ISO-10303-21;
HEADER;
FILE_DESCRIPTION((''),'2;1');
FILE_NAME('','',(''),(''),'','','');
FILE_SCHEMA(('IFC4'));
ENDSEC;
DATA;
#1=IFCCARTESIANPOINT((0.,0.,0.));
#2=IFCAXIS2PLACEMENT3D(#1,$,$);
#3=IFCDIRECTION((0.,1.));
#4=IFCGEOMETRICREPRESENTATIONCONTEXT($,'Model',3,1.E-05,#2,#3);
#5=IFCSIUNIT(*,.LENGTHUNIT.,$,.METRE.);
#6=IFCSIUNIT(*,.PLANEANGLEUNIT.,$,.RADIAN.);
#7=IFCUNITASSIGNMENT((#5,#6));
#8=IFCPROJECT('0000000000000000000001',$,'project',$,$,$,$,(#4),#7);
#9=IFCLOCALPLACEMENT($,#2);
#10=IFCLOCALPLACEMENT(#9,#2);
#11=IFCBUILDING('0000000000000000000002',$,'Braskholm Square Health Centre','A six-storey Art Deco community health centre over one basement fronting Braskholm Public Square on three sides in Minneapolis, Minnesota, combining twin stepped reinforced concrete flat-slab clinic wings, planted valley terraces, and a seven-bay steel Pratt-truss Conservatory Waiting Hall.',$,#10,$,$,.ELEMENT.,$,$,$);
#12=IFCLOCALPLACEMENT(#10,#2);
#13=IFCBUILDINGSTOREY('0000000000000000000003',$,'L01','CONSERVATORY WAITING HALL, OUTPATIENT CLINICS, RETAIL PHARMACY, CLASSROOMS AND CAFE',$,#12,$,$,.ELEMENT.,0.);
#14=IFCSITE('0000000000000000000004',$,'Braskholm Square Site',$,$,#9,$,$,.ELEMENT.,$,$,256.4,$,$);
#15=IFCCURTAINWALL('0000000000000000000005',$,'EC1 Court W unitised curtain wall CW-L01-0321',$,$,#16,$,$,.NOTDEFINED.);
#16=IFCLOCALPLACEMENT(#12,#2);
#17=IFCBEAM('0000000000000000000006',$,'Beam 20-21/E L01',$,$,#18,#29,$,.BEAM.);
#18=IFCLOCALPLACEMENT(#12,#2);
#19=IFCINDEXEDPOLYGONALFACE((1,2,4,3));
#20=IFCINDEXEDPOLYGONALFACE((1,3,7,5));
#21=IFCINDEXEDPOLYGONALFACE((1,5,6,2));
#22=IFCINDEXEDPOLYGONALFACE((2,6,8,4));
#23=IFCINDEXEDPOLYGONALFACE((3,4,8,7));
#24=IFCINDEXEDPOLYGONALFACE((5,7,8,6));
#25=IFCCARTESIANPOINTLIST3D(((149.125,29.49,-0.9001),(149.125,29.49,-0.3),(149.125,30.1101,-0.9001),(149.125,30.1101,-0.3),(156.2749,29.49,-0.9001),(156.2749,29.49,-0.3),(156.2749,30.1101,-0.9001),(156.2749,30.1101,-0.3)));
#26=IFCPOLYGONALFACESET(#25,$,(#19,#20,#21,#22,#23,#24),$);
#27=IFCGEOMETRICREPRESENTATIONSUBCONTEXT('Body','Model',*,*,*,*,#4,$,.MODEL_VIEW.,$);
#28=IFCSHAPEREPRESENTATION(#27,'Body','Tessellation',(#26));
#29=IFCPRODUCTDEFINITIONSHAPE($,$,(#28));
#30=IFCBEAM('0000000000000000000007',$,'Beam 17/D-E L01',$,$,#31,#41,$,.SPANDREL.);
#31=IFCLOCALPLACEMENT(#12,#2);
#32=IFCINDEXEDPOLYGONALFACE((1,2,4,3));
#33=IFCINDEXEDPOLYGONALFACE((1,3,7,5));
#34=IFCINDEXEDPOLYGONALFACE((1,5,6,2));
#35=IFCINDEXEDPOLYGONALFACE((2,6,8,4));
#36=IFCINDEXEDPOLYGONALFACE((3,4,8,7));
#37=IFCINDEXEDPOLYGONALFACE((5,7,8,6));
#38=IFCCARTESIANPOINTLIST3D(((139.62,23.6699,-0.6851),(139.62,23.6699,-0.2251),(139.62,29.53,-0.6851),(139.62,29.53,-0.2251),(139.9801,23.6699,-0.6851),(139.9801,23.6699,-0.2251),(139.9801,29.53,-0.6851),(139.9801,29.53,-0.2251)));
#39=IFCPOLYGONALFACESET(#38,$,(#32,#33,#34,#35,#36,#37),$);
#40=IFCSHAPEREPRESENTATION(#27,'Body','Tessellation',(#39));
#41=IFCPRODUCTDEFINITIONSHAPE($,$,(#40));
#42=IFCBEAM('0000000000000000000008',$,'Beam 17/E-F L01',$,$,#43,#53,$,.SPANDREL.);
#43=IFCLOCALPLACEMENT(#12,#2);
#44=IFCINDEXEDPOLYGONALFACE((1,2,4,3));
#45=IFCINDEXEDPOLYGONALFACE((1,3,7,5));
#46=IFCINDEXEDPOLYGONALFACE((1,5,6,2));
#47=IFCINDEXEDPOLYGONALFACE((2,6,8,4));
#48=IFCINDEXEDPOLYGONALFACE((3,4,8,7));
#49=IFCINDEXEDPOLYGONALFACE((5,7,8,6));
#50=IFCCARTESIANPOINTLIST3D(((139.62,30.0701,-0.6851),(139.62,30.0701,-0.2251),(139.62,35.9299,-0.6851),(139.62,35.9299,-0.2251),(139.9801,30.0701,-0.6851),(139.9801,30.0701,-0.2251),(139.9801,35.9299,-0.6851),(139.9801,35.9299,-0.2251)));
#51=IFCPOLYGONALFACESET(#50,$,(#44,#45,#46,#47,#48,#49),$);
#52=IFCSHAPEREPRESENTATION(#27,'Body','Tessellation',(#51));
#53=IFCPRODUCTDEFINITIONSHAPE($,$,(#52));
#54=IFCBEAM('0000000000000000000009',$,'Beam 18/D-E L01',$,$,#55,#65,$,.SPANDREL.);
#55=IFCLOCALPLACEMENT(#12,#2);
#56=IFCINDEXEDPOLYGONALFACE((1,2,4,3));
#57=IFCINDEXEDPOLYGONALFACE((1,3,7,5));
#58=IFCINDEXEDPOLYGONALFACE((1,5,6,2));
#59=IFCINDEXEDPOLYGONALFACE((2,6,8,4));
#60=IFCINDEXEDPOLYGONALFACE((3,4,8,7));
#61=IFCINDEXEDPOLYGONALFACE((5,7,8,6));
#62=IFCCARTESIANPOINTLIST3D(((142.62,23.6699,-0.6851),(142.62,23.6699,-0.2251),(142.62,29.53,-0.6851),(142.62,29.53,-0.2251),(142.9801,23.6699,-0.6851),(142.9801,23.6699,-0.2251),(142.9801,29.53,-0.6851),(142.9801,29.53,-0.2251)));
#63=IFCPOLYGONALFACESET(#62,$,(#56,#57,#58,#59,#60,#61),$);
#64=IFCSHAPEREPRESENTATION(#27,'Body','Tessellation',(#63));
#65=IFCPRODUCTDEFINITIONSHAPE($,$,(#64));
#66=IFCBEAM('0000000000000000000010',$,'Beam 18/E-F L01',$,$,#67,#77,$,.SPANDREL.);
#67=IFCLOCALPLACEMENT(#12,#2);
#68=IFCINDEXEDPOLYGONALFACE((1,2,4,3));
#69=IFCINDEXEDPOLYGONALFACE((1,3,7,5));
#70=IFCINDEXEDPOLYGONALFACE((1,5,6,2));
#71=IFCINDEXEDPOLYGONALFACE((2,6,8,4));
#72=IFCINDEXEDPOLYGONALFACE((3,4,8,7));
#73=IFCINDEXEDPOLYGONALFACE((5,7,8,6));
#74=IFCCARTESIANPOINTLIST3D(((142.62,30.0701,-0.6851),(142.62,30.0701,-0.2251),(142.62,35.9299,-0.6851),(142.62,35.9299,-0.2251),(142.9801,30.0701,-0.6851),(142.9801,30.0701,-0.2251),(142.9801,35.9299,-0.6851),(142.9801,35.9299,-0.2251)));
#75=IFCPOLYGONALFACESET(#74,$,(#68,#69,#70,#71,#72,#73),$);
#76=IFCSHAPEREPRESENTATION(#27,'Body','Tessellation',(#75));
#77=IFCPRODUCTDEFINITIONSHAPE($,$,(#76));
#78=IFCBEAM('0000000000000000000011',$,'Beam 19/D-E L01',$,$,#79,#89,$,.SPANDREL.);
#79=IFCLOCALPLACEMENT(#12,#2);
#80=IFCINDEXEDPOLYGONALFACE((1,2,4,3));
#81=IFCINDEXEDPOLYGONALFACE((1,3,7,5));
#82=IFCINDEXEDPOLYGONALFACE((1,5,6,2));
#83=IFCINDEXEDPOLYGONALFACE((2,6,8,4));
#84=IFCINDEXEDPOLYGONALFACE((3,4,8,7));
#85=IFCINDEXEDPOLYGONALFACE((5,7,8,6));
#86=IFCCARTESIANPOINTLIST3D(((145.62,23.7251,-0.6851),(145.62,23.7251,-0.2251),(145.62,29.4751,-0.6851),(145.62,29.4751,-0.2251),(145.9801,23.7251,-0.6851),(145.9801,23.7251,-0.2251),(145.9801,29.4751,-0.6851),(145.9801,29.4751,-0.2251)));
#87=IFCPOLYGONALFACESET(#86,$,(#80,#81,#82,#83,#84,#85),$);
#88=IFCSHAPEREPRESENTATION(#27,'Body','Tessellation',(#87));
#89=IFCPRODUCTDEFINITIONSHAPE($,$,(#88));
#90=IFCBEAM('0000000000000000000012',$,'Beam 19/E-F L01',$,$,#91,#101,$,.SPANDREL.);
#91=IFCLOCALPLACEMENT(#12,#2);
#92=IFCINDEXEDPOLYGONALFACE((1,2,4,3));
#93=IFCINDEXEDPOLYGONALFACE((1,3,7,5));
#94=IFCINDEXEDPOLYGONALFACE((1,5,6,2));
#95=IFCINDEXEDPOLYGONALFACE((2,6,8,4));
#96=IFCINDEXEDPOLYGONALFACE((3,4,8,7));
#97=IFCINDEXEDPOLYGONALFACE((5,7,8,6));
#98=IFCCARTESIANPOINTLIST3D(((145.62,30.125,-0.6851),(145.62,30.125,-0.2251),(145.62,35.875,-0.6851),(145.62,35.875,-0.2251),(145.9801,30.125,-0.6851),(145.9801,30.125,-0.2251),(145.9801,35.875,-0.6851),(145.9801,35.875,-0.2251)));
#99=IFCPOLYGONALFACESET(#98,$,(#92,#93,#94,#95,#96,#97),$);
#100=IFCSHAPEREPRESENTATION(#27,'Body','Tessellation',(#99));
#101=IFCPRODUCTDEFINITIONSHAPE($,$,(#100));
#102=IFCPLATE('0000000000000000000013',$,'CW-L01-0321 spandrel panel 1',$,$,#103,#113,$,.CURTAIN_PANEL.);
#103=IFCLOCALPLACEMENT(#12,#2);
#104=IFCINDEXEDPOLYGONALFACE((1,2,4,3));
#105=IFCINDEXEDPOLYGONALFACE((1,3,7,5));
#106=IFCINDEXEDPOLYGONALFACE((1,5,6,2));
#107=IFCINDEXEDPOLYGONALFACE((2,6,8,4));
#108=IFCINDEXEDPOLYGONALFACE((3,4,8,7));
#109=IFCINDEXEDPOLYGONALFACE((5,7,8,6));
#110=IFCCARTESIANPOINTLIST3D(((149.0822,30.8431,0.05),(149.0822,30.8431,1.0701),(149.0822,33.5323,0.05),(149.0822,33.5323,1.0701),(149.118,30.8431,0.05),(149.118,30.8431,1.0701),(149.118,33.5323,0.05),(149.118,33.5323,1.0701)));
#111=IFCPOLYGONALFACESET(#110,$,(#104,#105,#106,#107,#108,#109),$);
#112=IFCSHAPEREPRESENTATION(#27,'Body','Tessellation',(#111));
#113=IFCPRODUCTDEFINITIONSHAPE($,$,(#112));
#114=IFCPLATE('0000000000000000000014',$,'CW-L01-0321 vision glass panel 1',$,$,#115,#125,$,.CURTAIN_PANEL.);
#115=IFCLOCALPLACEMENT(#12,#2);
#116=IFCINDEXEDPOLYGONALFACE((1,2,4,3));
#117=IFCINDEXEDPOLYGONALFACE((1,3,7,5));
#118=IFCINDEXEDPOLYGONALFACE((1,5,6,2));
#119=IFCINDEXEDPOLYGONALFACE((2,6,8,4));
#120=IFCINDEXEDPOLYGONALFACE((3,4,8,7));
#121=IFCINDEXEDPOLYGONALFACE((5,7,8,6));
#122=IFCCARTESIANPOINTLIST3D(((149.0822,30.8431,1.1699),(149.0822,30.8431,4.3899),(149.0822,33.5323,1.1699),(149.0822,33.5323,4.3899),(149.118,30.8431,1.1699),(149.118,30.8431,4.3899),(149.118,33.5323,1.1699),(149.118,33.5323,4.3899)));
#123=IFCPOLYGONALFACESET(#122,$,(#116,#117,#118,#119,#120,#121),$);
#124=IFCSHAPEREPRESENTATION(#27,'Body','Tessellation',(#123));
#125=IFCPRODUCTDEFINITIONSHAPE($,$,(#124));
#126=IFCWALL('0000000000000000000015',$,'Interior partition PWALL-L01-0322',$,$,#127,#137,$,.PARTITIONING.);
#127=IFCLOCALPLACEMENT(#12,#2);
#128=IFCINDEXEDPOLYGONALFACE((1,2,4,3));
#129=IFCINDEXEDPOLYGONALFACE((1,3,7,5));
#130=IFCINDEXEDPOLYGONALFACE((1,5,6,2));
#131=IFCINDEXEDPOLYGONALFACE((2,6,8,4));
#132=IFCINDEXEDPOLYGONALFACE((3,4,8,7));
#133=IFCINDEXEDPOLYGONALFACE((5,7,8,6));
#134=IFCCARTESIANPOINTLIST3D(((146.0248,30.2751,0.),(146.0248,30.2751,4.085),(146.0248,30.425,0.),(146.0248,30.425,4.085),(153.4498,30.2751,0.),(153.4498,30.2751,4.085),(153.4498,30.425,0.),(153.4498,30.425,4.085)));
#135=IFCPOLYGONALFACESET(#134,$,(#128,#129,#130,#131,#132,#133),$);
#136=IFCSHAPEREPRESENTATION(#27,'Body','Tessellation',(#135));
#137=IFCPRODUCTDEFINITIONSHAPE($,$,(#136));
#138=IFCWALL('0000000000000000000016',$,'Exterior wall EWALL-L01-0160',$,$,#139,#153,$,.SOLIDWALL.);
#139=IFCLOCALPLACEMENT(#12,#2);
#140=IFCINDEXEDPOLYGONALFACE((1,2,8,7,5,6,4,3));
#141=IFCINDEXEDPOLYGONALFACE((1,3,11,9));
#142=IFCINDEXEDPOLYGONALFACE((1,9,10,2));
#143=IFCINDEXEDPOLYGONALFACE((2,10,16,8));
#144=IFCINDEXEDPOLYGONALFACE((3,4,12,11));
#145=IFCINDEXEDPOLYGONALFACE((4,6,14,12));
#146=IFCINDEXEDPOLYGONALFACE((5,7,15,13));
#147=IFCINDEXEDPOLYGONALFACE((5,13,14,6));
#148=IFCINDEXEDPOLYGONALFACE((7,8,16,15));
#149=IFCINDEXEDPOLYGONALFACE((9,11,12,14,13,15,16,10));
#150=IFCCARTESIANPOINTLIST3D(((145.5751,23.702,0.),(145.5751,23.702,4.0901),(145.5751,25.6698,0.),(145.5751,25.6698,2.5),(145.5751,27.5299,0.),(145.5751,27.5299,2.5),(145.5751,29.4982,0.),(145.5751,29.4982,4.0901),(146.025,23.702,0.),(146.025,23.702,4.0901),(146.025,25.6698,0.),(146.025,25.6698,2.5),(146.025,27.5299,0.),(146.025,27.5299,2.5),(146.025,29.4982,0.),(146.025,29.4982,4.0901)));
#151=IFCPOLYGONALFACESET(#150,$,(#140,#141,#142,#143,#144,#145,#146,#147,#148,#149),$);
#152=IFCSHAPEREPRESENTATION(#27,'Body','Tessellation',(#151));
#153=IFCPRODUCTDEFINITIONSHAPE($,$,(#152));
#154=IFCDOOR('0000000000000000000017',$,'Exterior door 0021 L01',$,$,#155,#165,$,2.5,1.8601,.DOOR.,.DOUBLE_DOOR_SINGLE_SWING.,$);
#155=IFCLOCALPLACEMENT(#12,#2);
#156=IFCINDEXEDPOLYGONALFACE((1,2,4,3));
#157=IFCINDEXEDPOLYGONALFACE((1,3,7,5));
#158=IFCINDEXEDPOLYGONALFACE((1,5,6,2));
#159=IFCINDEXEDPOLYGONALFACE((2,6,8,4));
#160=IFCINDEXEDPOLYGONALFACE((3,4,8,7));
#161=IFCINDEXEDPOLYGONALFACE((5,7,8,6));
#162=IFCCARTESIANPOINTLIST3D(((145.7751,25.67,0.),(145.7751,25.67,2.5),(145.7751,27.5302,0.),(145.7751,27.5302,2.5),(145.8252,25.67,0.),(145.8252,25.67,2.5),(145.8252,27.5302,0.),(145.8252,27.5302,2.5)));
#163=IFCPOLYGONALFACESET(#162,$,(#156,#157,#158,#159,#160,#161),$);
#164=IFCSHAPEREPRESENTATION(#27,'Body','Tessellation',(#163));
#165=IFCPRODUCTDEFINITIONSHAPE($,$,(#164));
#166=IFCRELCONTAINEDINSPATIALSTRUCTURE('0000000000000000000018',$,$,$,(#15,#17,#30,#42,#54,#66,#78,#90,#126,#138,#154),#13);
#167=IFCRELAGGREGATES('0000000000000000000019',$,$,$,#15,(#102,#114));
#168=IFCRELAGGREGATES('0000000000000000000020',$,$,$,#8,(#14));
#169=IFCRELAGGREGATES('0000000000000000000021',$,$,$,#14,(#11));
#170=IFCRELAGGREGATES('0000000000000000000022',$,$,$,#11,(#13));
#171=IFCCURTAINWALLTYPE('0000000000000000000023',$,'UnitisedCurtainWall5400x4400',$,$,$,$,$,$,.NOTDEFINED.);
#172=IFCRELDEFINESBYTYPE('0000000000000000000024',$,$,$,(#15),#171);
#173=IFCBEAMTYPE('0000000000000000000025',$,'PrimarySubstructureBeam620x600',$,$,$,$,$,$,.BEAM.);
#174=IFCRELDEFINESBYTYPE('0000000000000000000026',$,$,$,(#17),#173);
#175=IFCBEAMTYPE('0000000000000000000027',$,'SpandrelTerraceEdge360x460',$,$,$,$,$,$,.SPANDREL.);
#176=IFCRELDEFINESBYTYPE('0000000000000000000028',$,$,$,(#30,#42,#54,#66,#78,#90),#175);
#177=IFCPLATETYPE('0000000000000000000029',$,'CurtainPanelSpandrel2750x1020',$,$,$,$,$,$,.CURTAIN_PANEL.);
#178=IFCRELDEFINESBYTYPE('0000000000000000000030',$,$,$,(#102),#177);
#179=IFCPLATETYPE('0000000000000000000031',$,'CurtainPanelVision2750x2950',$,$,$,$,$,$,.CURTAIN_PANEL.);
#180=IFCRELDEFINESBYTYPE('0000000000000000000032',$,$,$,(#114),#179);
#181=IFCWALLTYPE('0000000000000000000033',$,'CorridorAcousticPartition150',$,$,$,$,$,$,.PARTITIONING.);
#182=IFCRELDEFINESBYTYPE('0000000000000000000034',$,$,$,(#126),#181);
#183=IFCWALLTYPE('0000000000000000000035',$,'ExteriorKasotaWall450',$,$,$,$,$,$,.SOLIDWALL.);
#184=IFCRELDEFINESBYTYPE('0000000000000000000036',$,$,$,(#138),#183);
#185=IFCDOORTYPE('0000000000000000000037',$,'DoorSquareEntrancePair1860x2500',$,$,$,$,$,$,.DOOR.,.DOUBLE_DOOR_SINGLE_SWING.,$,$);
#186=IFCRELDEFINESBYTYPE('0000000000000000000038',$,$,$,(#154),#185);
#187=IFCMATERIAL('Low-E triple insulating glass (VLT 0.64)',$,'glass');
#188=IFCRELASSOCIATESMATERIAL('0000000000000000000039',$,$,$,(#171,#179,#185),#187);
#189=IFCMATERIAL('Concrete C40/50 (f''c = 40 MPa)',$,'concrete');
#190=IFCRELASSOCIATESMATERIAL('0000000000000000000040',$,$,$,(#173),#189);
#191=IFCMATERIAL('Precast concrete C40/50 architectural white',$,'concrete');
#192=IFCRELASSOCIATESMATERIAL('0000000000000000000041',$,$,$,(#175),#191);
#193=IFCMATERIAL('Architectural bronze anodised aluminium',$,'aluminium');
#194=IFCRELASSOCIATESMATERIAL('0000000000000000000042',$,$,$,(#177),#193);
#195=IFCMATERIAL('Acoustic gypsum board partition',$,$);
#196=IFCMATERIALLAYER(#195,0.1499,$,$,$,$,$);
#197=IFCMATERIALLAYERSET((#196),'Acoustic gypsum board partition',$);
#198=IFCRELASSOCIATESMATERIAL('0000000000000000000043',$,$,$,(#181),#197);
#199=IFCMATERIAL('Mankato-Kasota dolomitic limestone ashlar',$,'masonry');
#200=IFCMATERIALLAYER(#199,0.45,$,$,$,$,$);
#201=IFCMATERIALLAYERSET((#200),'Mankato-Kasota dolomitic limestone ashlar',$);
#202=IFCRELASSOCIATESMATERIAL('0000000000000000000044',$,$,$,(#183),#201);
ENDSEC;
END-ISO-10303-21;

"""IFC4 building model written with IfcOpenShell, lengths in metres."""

from ifc_helpers import new_model, si_unit, direction, frame, frame_2d, origin, origin_2d, place, context, subcontext, project, spatial, rectangle, extrude, material, layer, layer_set, material_profile, profile_set, type_object, element, fill, aggregate, save


model = new_model("IFC4")

# Units and contexts
model_context = context("Model", 3, precision=1e-05, world=origin(), true_north=direction((0.0, 1.0)))
body_context = subcontext(model_context, "Body", "Model", "MODEL_VIEW")
ifc_project = project(units=[si_unit("LENGTHUNIT", "METRE"), si_unit("PLANEANGLEUNIT", "RADIAN")], contexts=[model_context])

# Site, building, storey
site_placement = place(None, origin())
site = spatial("IfcSite", under=ifc_project, at=site_placement, Name="Braskholm Square Site", CompositionType="ELEMENT", RefElevation=256.4)
building_placement = place(site_placement, origin())
building = spatial("IfcBuilding", under=site, at=building_placement, Name="Braskholm Square Health Centre", Description="A six-storey Art Deco community health centre over one basement fronting Braskholm Public Square on three sides in Minneapolis, Minnesota, combining twin stepped reinforced concrete flat-slab clinic wings, planted valley terraces, and a seven-bay steel Pratt-truss Conservatory Waiting Hall.", CompositionType="ELEMENT")
storey_placement = place(building_placement, origin())
storey = spatial("IfcBuildingStorey", under=building, at=storey_placement, Name="L01", Description="CONSERVATORY WAITING HALL, OUTPATIENT CLINICS, RETAIL PHARMACY, CLASSROOMS AND CAFE", CompositionType="ELEMENT", Elevation=0.0)

# Shared definitions
ifc_material_1 = material(Name="Concrete C40/50 (f'c = 40 MPa)", Category="concrete")
ifc_material_2 = material(Name="Precast concrete C40/50 architectural white", Category="concrete")

# Shared definitions
ifc_material_3 = material(Name="Low-E triple insulating glass (VLT 0.64)", Category="glass")
curtain_wall_type = type_object("IfcCurtainWallType", Name="UnitisedCurtainWall5400x4400", PredefinedType="NOTDEFINED", material=ifc_material_3)
ifc_material_4 = material(Name="Architectural bronze anodised aluminium", Category="aluminium")

# Curtain wall
curtain_wall_1_placement = place(storey_placement, origin())
curtain_wall_1 = element("IfcCurtainWall", 1, at=curtain_wall_1_placement, inside=storey, type_object=curtain_wall_type, Name="EC1 Court W unitised curtain wall CW-L01-0321", PredefinedType="NOTDEFINED")

# Beams
ifc_material_profile_1 = material_profile(ifc_material_1, rectangle(XDim=0.6201, YDim=0.6001, at=origin_2d()), Name="RCB-620X600")
ifc_profile_set_1 = profile_set([ifc_material_profile_1], Name="Concrete C40/50 (f'c = 40 MPa)")
beam_type_1 = type_object("IfcBeamType", Name="PrimarySubstructureBeam620x600", PredefinedType="BEAM", material=ifc_profile_set_1)
beam_1_placement = place(storey_placement, frame((149.125, 29.8, -0.6001), z_axis=(1.0, 0.0, 0.0), x_axis=(0.0, 1.0, 0.0)))
element("IfcBeam", 2, at=beam_1_placement, inside=storey, type_object=beam_type_1, Name="Beam 20-21/E L01", PredefinedType="BEAM", context=body_context, shape_type="SweptSolid", body=[
    extrude(rectangle(XDim=0.6201, YDim=0.6001, at=origin_2d()), origin(), (0.0, 0.0, 1.0), 7.1499),
])
ifc_material_profile_2 = material_profile(ifc_material_2, rectangle(XDim=0.3601, YDim=0.46, at=origin_2d()), Name="RCB-360X460")
ifc_profile_set_2 = profile_set([ifc_material_profile_2], Name="Precast concrete C40/50 architectural white")
beam_type_2 = type_object("IfcBeamType", Name="SpandrelTerraceEdge360x460", PredefinedType="SPANDREL", material=ifc_profile_set_2)
beam_2_placement = place(storey_placement, frame((139.8, 23.6699, -0.4551), z_axis=(0.0, 1.0, 0.0), x_axis=(-1.0, 0.0, 0.0)))
element("IfcBeam", 3, at=beam_2_placement, inside=storey, type_object=beam_type_2, Name="Beam 17/D-E L01", PredefinedType="SPANDREL", context=body_context, shape_type="SweptSolid", body=[
    extrude(rectangle(XDim=0.3601, YDim=0.46, at=origin_2d()), origin(), (0.0, 0.0, 1.0), 5.8601),
])
beam_3_placement = place(storey_placement, frame((139.8, 30.0701, -0.4551), z_axis=(0.0, 1.0, 0.0), x_axis=(-1.0, 0.0, 0.0)))
element("IfcBeam", 4, at=beam_3_placement, inside=storey, type_object=beam_type_2, Name="Beam 17/E-F L01", PredefinedType="SPANDREL", context=body_context, shape_type="SweptSolid", body=[
    extrude(rectangle(XDim=0.3601, YDim=0.46, at=origin_2d()), origin(), (0.0, 0.0, 1.0), 5.8599),
])
beam_4_placement = place(storey_placement, frame((142.8, 23.6699, -0.4551), z_axis=(0.0, 1.0, 0.0), x_axis=(-1.0, 0.0, 0.0)))
element("IfcBeam", 5, at=beam_4_placement, inside=storey, type_object=beam_type_2, Name="Beam 18/D-E L01", PredefinedType="SPANDREL", context=body_context, shape_type="SweptSolid", body=[
    extrude(rectangle(XDim=0.3601, YDim=0.46, at=origin_2d()), origin(), (0.0, 0.0, 1.0), 5.8601),
])
beam_5_placement = place(storey_placement, frame((142.8, 30.0701, -0.4551), z_axis=(0.0, 1.0, 0.0), x_axis=(-1.0, 0.0, 0.0)))
element("IfcBeam", 6, at=beam_5_placement, inside=storey, type_object=beam_type_2, Name="Beam 18/E-F L01", PredefinedType="SPANDREL", context=body_context, shape_type="SweptSolid", body=[
    extrude(rectangle(XDim=0.3601, YDim=0.46, at=origin_2d()), origin(), (0.0, 0.0, 1.0), 5.8599),
])
for number, where, z_axis, x_axis, name in (
    (7, (145.8, 23.7251, -0.4551), (0.0, 1.0, 0.0), (-1.0, 0.0, 0.0), "Beam 19/D-E L01"),
    (8, (145.8, 30.125, -0.4551), (0.0, 1.0, 0.0), (-1.0, 0.0, 0.0), "Beam 19/E-F L01"),
):
    element("IfcBeam", number, at=place(storey_placement, frame(where, z_axis=z_axis, x_axis=x_axis)), inside=storey, type_object=beam_type_2, Name=name, PredefinedType="SPANDREL", context=body_context, shape_type="SweptSolid", body=[
        extrude(rectangle(XDim=0.3601, YDim=0.46, at=origin_2d()), origin(), (0.0, 0.0, 1.0), 5.75),
    ])

# Plates
plate_type_1 = type_object("IfcPlateType", Name="CurtainPanelSpandrel2750x1020", PredefinedType="CURTAIN_PANEL", material=ifc_material_4)
plate_1_placement = place(storey_placement, frame((149.1001, 32.1877, 0.05), z_axis=(0.0, 0.0, 1.0), x_axis=(0.0, 1.0, 0.0)))
plate_1 = element("IfcPlate", 9, at=plate_1_placement, type_object=plate_type_1, Name="CW-L01-0321 spandrel panel 1", PredefinedType="CURTAIN_PANEL", context=body_context, shape_type="SweptSolid", body=[
    extrude(rectangle(XDim=2.6892, YDim=0.0359, at=origin_2d()), origin(), (0.0, 0.0, 1.0), 1.02),
])
plate_type_2 = type_object("IfcPlateType", Name="CurtainPanelVision2750x2950", PredefinedType="CURTAIN_PANEL", material=ifc_material_3)
plate_2_placement = place(storey_placement, frame((149.1001, 32.1877, 1.1699), z_axis=(0.0, 0.0, 1.0), x_axis=(0.0, 1.0, 0.0)))
plate_2 = element("IfcPlate", 10, at=plate_2_placement, type_object=plate_type_2, Name="CW-L01-0321 vision glass panel 1", PredefinedType="CURTAIN_PANEL", context=body_context, shape_type="SweptSolid", body=[
    extrude(rectangle(XDim=2.6892, YDim=0.0359, at=origin_2d()), origin(), (0.0, 0.0, 1.0), 3.22),
])
aggregate(curtain_wall_1, [plate_1, plate_2])

# Wall
ifc_material_5 = material(Name="Acoustic gypsum board partition")
ifc_layer_1 = layer(ifc_material_5, 0.1499)
ifc_layer_set_1 = layer_set([ifc_layer_1], Name="Acoustic gypsum board partition")
wall_type_1 = type_object("IfcWallType", Name="CorridorAcousticPartition150", PredefinedType="PARTITIONING", material=ifc_layer_set_1)
wall_1_placement = place(storey_placement, frame((146.0249, 30.3501, 0.0), z_axis=(0.0, 0.0, 1.0), x_axis=(1.0, 0.0, 0.0)))
element("IfcWall", 11, at=wall_1_placement, inside=storey, type_object=wall_type_1, Name="Interior partition PWALL-L01-0322", PredefinedType="PARTITIONING", context=body_context, shape_type="SweptSolid", body=[
    extrude(rectangle(XDim=7.425, YDim=0.1499, at=frame_2d((3.7124, 0.0))), origin(), (0.0, 0.0, 1.0), 4.085),
])

# Wall, opening, door
ifc_material_6 = material(Name="Mankato-Kasota dolomitic limestone ashlar", Category="masonry")
ifc_layer_2 = layer(ifc_material_6, 0.45)
ifc_layer_set_2 = layer_set([ifc_layer_2], Name="Mankato-Kasota dolomitic limestone ashlar")
wall_type_2 = type_object("IfcWallType", Name="ExteriorKasotaWall450", PredefinedType="SOLIDWALL", material=ifc_layer_set_2)
wall_2_placement = place(storey_placement, frame((145.8, 29.498, 0.0), z_axis=(0.0, 0.0, 1.0), x_axis=(0.0, -1.0, 0.0)))
wall_2 = element("IfcWall", 12, at=wall_2_placement, inside=storey, type_object=wall_type_2, Name="Exterior wall EWALL-L01-0160", PredefinedType="SOLIDWALL", context=body_context, shape_type="SweptSolid", body=[
    extrude(rectangle(XDim=5.7961, YDim=0.45, at=frame_2d((2.8979, 0.0))), origin(), (0.0, 0.0, 1.0), 4.0901),
])
opening_1_placement = place(wall_2_placement, frame((1.968, 0.0, 0.0)))
opening_1 = element("IfcOpeningElement", 13, at=opening_1_placement, cuts=wall_2, PredefinedType="OPENING", context=body_context, shape_type="SweptSolid", body=[
    extrude(rectangle(XDim=1.8601, YDim=2.5, at=frame_2d((0.9302, 1.25))), frame((0.0, 0.2349, 0.0), z_axis=(0.0, -1.0, 0.0), x_axis=(1.0, 0.0, 0.0)), (0.0, 0.0, 1.0), 0.47),
])
door_type = type_object("IfcDoorType", Name="DoorSquareEntrancePair1860x2500", OperationType="DOUBLE_DOOR_SINGLE_SWING", PredefinedType="DOOR", material=ifc_material_3)
door_placement = place(opening_1_placement, frame((1.8601, 0.0, 0.0), z_axis=(0.0, 0.0, 1.0), x_axis=(-1.0, 0.0, 0.0)))
door = element("IfcDoor", 14, at=door_placement, inside=storey, type_object=door_type, Name="Exterior door 0021 L01", OperationType="DOUBLE_DOOR_SINGLE_SWING", OverallHeight=2.5, OverallWidth=1.8601, PredefinedType="DOOR", context=body_context, shape_type="SweptSolid", body=[
    extrude(rectangle(XDim=1.8601, YDim=2.5, at=frame_2d((0.9302, 1.25))), frame((0.0, 0.0249, 0.0), z_axis=(0.0, -1.0, 0.0), x_axis=(1.0, 0.0, 0.0)), (0.0, 0.0, 1.0), 0.05),
])
fill(opening_1, door)

save(model, "model.ifc")
